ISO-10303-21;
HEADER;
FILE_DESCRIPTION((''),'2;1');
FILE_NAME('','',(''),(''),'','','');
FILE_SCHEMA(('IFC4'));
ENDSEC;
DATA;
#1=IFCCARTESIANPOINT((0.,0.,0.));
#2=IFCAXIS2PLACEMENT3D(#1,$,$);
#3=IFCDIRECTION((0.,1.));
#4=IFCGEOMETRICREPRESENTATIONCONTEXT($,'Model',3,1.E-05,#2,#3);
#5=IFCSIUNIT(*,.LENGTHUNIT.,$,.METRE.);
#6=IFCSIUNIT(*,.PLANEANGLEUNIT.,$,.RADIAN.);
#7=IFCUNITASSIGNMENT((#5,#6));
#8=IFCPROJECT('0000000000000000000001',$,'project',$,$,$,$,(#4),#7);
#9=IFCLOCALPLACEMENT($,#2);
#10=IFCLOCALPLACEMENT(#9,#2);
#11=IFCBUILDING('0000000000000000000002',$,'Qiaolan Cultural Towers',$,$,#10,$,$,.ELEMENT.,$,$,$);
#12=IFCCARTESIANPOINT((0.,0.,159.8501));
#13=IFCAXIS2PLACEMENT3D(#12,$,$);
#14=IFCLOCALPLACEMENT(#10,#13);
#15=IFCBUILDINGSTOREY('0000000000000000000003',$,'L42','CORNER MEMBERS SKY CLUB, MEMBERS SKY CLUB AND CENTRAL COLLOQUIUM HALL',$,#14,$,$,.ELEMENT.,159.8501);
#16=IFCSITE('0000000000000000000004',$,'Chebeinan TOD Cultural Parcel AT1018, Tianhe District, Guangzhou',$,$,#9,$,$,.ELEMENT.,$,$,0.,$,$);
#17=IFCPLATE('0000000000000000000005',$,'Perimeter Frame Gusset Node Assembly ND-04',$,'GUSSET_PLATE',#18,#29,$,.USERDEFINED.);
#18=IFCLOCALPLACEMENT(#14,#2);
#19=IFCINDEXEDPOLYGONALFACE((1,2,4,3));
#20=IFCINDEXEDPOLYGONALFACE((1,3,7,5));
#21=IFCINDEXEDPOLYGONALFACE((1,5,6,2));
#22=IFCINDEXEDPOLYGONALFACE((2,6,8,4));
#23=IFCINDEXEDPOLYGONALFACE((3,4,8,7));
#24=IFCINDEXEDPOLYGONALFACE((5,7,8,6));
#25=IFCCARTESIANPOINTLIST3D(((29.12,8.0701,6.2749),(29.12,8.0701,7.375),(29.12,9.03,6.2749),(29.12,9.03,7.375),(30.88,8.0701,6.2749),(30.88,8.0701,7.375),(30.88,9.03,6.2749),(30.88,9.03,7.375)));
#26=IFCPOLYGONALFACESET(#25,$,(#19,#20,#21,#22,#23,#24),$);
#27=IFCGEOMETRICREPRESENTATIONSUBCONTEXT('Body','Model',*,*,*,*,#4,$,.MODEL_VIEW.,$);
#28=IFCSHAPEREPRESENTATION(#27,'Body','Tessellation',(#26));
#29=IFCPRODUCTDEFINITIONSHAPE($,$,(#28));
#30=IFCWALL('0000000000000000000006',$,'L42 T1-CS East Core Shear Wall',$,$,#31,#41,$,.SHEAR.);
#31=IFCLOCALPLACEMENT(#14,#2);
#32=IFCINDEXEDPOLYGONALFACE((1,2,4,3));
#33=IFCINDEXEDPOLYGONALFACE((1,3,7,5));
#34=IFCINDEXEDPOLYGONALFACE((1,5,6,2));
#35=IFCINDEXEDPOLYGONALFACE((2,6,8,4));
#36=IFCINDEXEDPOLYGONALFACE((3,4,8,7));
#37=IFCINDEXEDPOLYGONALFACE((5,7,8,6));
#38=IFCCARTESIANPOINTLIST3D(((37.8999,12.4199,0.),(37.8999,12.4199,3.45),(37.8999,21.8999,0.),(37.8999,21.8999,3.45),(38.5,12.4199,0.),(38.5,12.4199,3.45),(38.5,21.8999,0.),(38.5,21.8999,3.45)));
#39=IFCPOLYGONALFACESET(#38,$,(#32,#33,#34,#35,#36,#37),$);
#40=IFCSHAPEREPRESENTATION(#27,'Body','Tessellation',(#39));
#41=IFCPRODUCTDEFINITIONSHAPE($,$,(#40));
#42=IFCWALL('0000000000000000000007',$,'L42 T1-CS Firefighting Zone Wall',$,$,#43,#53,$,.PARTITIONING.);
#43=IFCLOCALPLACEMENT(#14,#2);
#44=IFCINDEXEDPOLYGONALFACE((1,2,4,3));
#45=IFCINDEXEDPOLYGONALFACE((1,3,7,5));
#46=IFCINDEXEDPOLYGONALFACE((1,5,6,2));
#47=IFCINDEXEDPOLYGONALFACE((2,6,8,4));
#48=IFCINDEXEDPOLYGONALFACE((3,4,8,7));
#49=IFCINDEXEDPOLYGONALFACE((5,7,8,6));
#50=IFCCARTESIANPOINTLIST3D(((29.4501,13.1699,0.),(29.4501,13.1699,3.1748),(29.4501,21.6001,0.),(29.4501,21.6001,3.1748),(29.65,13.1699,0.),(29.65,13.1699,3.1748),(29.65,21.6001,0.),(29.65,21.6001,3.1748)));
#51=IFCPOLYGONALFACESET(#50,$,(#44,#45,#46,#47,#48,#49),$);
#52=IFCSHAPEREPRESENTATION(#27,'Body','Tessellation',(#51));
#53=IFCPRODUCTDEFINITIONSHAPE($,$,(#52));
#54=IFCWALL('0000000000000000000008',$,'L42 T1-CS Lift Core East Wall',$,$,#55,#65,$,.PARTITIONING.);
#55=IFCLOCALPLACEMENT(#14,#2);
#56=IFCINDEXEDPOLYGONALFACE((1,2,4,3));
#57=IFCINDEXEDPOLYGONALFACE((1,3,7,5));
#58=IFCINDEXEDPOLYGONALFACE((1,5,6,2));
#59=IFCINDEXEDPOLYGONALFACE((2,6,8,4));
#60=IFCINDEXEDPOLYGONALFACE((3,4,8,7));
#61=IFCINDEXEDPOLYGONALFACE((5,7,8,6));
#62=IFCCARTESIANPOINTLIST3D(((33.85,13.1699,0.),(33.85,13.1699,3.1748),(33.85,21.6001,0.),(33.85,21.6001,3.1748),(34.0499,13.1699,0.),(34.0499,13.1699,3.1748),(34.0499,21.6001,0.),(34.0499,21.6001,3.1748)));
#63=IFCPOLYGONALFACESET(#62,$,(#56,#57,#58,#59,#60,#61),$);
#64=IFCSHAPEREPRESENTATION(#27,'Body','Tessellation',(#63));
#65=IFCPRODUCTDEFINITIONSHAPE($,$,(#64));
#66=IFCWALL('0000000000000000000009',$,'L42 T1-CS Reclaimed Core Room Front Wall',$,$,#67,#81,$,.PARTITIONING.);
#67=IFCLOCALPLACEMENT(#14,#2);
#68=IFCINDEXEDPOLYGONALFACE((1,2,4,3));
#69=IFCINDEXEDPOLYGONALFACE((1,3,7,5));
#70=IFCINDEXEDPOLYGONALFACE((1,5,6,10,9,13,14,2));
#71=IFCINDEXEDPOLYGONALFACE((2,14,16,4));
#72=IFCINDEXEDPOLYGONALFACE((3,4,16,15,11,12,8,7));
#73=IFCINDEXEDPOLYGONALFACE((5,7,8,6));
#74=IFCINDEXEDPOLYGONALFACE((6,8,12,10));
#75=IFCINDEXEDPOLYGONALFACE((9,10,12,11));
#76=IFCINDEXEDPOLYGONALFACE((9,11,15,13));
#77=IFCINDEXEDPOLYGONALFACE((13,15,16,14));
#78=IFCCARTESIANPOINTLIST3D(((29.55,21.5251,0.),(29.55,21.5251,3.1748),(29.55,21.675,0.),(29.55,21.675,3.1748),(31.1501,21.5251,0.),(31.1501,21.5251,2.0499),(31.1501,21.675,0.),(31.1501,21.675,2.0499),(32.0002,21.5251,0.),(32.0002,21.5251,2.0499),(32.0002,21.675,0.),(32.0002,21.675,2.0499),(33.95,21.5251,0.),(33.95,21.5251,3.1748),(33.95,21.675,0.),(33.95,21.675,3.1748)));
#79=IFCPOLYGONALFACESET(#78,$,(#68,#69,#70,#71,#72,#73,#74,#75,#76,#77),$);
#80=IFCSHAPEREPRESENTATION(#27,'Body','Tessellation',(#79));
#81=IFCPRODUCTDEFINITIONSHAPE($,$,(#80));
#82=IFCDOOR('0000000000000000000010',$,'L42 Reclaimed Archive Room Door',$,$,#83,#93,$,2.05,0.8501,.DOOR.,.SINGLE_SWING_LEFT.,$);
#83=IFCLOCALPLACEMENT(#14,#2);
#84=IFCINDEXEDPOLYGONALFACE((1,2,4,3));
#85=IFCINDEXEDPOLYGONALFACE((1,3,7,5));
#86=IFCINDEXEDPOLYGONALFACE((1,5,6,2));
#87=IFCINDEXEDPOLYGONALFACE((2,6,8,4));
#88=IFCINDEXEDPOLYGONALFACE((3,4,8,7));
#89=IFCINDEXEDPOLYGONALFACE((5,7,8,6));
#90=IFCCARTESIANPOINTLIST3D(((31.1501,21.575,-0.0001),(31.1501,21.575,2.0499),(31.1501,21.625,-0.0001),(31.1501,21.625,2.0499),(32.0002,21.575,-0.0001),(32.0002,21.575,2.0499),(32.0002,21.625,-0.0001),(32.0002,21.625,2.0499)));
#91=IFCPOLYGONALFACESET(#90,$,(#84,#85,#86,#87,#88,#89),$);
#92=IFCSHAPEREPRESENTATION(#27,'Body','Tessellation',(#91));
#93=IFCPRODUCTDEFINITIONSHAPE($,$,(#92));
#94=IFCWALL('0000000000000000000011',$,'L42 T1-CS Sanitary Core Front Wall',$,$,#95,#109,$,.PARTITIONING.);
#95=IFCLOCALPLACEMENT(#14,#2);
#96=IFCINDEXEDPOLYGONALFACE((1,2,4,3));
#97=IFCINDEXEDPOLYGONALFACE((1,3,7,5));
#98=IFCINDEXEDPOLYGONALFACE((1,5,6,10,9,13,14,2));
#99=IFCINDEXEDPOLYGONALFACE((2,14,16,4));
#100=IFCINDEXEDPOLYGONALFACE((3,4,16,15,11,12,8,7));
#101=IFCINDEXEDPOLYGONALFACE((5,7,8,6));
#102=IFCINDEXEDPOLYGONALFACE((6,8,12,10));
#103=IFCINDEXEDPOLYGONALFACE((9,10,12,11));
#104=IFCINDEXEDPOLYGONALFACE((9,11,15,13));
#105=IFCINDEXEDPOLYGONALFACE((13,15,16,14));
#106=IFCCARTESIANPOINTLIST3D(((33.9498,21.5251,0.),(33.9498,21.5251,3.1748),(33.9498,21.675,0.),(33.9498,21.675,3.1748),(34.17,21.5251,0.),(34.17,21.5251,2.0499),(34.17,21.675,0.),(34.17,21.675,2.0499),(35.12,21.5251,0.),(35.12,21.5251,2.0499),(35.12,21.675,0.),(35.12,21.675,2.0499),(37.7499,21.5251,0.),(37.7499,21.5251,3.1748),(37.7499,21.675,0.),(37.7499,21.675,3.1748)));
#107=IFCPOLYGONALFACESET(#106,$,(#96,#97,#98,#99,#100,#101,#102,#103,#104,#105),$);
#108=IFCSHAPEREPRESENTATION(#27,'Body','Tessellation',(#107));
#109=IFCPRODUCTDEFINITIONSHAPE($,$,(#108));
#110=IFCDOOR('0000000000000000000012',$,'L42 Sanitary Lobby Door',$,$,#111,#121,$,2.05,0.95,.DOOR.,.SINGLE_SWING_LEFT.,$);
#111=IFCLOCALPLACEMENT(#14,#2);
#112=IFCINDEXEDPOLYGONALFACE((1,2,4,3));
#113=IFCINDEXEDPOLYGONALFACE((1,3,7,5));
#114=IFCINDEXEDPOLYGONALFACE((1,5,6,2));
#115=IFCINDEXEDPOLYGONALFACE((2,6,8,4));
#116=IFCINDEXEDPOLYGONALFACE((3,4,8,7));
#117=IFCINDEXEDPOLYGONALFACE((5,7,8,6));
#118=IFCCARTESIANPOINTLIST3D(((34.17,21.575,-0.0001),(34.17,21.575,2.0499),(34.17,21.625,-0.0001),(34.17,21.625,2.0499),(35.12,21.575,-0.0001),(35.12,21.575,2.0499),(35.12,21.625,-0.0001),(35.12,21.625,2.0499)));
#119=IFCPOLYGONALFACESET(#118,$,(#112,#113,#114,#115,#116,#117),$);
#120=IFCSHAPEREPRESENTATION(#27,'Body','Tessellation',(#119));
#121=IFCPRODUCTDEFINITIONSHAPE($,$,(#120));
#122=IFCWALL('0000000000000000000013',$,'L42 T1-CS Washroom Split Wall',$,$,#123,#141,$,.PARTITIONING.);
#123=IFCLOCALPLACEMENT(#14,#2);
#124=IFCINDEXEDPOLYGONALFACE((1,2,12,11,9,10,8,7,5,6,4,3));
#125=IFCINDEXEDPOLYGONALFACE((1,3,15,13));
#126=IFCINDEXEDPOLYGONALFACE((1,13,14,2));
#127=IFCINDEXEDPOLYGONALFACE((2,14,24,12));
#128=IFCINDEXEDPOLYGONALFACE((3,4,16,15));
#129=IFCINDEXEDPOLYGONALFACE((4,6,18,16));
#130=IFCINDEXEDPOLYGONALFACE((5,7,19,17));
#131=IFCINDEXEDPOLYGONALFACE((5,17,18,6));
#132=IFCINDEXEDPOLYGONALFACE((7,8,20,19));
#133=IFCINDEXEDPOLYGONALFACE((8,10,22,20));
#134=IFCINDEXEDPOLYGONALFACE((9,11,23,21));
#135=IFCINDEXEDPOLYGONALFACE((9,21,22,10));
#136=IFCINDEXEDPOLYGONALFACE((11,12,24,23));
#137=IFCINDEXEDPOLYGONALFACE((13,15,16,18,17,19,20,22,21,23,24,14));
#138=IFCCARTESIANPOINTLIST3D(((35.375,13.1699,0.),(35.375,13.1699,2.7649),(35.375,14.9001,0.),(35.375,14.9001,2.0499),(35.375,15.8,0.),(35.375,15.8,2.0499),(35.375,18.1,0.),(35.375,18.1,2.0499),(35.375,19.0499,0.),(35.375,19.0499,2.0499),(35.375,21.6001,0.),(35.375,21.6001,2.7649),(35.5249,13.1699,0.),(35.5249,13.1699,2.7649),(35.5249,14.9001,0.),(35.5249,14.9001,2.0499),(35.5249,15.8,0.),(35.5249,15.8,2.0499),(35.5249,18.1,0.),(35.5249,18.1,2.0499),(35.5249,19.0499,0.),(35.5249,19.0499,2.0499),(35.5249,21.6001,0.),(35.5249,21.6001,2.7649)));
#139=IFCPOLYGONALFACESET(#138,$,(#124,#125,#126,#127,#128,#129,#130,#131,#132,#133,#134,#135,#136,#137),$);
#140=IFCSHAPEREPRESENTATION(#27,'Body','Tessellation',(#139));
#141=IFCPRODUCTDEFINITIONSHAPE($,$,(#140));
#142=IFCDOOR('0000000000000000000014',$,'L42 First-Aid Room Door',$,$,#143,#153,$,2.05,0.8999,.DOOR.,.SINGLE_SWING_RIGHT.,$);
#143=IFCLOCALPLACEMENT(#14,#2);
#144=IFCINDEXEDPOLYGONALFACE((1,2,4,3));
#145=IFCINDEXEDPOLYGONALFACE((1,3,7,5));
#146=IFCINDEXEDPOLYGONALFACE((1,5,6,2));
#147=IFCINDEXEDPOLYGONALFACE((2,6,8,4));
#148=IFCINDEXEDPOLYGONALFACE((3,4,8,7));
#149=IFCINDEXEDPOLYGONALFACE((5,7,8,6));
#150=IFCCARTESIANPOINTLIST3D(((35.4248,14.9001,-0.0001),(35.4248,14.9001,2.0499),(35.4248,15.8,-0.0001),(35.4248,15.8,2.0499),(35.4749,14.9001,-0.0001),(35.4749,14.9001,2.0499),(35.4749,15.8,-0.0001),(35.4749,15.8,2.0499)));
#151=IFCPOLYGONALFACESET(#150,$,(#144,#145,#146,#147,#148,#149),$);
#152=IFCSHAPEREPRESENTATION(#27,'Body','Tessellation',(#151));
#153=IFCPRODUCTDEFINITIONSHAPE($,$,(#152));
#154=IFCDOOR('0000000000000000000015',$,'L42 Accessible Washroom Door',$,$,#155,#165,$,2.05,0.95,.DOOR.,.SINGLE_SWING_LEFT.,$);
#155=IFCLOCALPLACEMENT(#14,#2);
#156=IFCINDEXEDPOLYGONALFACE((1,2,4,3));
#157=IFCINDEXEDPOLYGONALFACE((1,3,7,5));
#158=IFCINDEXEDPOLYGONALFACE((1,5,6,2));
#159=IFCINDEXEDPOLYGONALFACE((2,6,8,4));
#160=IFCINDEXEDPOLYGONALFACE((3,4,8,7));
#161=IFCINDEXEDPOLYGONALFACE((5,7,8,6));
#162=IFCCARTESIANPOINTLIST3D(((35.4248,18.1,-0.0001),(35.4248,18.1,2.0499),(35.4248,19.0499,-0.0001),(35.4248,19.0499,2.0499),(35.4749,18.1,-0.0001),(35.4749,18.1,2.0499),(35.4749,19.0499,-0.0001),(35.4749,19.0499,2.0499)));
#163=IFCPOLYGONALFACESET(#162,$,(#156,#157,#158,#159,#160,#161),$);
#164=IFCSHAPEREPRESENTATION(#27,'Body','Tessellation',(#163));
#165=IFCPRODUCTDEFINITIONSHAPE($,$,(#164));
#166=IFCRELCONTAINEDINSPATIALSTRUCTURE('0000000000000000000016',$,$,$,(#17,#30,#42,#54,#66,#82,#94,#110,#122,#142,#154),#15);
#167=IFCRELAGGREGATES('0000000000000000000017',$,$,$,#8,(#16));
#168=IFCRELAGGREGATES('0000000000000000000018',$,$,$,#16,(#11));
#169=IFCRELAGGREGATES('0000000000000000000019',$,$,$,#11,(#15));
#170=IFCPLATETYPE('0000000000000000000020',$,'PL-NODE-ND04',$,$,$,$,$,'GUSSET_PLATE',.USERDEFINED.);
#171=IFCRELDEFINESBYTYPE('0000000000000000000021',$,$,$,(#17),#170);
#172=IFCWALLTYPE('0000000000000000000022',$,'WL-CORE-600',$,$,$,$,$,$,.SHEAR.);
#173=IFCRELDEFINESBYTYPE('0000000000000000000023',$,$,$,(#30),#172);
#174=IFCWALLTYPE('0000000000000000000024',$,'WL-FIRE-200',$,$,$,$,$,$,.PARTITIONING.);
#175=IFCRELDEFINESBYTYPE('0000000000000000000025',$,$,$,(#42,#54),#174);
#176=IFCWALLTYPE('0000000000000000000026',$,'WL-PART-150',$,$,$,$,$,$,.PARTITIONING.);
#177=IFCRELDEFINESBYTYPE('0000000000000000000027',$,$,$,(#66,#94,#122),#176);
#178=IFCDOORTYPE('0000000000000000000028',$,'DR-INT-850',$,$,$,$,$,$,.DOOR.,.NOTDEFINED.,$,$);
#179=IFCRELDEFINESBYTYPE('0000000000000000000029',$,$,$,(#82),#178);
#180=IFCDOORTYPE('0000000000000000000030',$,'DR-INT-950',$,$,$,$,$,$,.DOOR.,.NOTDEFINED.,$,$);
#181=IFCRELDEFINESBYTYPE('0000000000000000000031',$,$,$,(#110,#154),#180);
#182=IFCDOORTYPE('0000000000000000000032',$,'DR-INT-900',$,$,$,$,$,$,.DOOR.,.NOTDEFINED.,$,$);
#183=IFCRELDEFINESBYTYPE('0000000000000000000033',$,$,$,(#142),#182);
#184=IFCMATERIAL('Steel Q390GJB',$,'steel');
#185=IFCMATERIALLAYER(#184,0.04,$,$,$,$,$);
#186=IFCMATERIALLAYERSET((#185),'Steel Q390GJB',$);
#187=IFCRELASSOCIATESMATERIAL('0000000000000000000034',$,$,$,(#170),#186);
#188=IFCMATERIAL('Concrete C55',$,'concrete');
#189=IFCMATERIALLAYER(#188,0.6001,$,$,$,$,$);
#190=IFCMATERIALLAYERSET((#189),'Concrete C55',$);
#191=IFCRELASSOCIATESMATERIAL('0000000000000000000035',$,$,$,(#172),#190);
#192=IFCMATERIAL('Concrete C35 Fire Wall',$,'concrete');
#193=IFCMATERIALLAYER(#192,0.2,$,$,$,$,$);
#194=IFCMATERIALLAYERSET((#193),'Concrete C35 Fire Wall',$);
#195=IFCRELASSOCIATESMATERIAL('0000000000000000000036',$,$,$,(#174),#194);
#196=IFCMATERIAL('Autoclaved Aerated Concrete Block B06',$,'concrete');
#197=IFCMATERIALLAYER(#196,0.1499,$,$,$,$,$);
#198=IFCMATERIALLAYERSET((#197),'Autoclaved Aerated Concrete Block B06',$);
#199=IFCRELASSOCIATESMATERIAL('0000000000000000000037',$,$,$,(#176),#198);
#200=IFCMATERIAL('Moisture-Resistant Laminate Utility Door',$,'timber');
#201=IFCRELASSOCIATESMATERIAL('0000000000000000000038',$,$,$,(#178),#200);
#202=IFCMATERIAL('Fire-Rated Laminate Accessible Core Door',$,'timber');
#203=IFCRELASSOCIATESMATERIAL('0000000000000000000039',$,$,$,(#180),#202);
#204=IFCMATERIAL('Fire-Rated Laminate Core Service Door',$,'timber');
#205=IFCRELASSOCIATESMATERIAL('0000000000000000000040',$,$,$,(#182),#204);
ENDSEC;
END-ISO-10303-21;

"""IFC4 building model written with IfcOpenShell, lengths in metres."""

from ifc_helpers import new_model, si_unit, direction, frame, frame_2d, origin, origin_2d, place, context, subcontext, project, spatial, rectangle, extrude, material, layer, layer_set, type_object, element, fill, save


model = new_model("IFC4")

# Units and contexts
model_context = context("Model", 3, precision=1e-05, world=origin(), true_north=direction((0.0, 1.0)))
body_context = subcontext(model_context, "Body", "Model", "MODEL_VIEW")
ifc_project = project(units=[si_unit("LENGTHUNIT", "METRE"), si_unit("PLANEANGLEUNIT", "RADIAN")], contexts=[model_context])

# Site, building, storey
site_placement = place(None, origin())
site = spatial("IfcSite", under=ifc_project, at=site_placement, Name="Chebeinan TOD Cultural Parcel AT1018, Tianhe District, Guangzhou", CompositionType="ELEMENT", RefElevation=0.0)
building_placement = place(site_placement, origin())
building = spatial("IfcBuilding", under=site, at=building_placement, Name="Qiaolan Cultural Towers", CompositionType="ELEMENT")
storey_placement = place(building_placement, frame((0.0, 0.0, 159.8501)))
storey = spatial("IfcBuildingStorey", under=building, at=storey_placement, Name="L42", Description="CORNER MEMBERS SKY CLUB, MEMBERS SKY CLUB AND CENTRAL COLLOQUIUM HALL", CompositionType="ELEMENT", Elevation=159.8501)

# Plate
ifc_material_1 = material(Name="Steel Q390GJB", Category="steel")
ifc_layer_1 = layer(ifc_material_1, 0.04)
ifc_layer_set_1 = layer_set([ifc_layer_1], Name="Steel Q390GJB")
plate_type_1 = type_object("IfcPlateType", Name="PL-NODE-ND04", ElementType="GUSSET_PLATE", PredefinedType="USERDEFINED", material=ifc_layer_set_1)
plate_placement = place(storey_placement, frame((30.0, 8.55, 6.2749), z_axis=(0.0, 0.0, 1.0), x_axis=(1.0, 0.0, 0.0)))
element("IfcPlate", 1, at=plate_placement, inside=storey, type_object=plate_type_1, Name="Perimeter Frame Gusset Node Assembly ND-04", ObjectType="GUSSET_PLATE", PredefinedType="USERDEFINED", context=body_context, shape_type="SweptSolid", body=[
    extrude(rectangle(XDim=1.76, YDim=0.96, at=origin_2d()), origin(), (0.0, 0.0, 1.0), 1.1001),
])

# Walls
ifc_material_2 = material(Name="Concrete C55", Category="concrete")
ifc_layer_2 = layer(ifc_material_2, 0.6001)
ifc_layer_set_2 = layer_set([ifc_layer_2], Name="Concrete C55")
wall_type_1 = type_object("IfcWallType", Name="WL-CORE-600", PredefinedType="SHEAR", material=ifc_layer_set_2)
wall_1_placement = place(storey_placement, frame((38.2, 21.8999, 0.0), z_axis=(0.0, 0.0, 1.0), x_axis=(0.0, -1.0, 0.0)))
element("IfcWall", 2, at=wall_1_placement, inside=storey, type_object=wall_type_1, Name="L42 T1-CS East Core Shear Wall", PredefinedType="SHEAR", context=body_context, shape_type="SweptSolid", body=[
    extrude(rectangle(XDim=9.48, YDim=0.6001, at=frame_2d((4.74, 0.0))), origin(), (0.0, 0.0, 1.0), 3.45),
])
ifc_material_3 = material(Name="Concrete C35 Fire Wall", Category="concrete")
ifc_layer_3 = layer(ifc_material_3, 0.2)
ifc_layer_set_3 = layer_set([ifc_layer_3], Name="Concrete C35 Fire Wall")
wall_type_2 = type_object("IfcWallType", Name="WL-FIRE-200", PredefinedType="PARTITIONING", material=ifc_layer_set_3)
for number, where, z_axis, x_axis, name in (
    (3, (29.55, 21.6001, 0.0), (0.0, 0.0, 1.0), (0.0, -1.0, 0.0), "L42 T1-CS Firefighting Zone Wall"),
    (4, (33.95, 21.6001, 0.0), (0.0, 0.0, 1.0), (0.0, -1.0, 0.0), "L42 T1-CS Lift Core East Wall"),
):
    element("IfcWall", number, at=place(storey_placement, frame(where, z_axis=z_axis, x_axis=x_axis)), inside=storey, type_object=wall_type_2, Name=name, PredefinedType="PARTITIONING", context=body_context, shape_type="SweptSolid", body=[
        extrude(rectangle(XDim=8.4302, YDim=0.2, at=frame_2d((4.2151, 0.0))), origin(), (0.0, 0.0, 1.0), 3.1748),
    ])

# Walls, openings, doors
ifc_material_4 = material(Name="Autoclaved Aerated Concrete Block B06", Category="concrete")
ifc_layer_4 = layer(ifc_material_4, 0.1499)
ifc_layer_set_4 = layer_set([ifc_layer_4], Name="Autoclaved Aerated Concrete Block B06")
wall_type_3 = type_object("IfcWallType", Name="WL-PART-150", PredefinedType="PARTITIONING", material=ifc_layer_set_4)
wall_2_placement = place(storey_placement, frame((29.55, 21.6001, 0.0), z_axis=(0.0, 0.0, 1.0), x_axis=(1.0, 0.0, 0.0)))
wall_2 = element("IfcWall", 5, at=wall_2_placement, inside=storey, type_object=wall_type_3, Name="L42 T1-CS Reclaimed Core Room Front Wall", PredefinedType="PARTITIONING", context=body_context, shape_type="SweptSolid", body=[
    extrude(rectangle(XDim=4.3999, YDim=0.1499, at=frame_2d((2.2, 0.0))), origin(), (0.0, 0.0, 1.0), 3.1748),
])
opening_1_placement = place(wall_2_placement, frame((1.6001, 0.0, 0.0)))
opening_1 = element("IfcOpeningElement", 6, at=opening_1_placement, cuts=wall_2, PredefinedType="OPENING", context=body_context, shape_type="SweptSolid", body=[
    extrude(rectangle(XDim=0.8501, YDim=2.05, at=frame_2d((0.425, 1.0249))), frame((0.0, 0.085, 0.0), z_axis=(0.0, -1.0, 0.0), x_axis=(1.0, 0.0, 0.0)), (0.0, 0.0, 1.0), 0.1699),
])
ifc_material_5 = material(Name="Moisture-Resistant Laminate Utility Door", Category="timber")
door_type_1 = type_object("IfcDoorType", Name="DR-INT-850", OperationType="NOTDEFINED", PredefinedType="DOOR", material=ifc_material_5)
door_1_placement = place(opening_1_placement, origin())
door_1 = element("IfcDoor", 7, at=door_1_placement, inside=storey, type_object=door_type_1, Name="L42 Reclaimed Archive Room Door", OperationType="SINGLE_SWING_LEFT", OverallHeight=2.05, OverallWidth=0.8501, PredefinedType="DOOR", context=body_context, shape_type="SweptSolid", body=[
    extrude(rectangle(XDim=0.8501, YDim=2.05, at=frame_2d((0.425, 1.0249))), frame((0.0, 0.0249, 0.0), z_axis=(0.0, -1.0, 0.0), x_axis=(1.0, 0.0, 0.0)), (0.0, 0.0, 1.0), 0.05),
])
fill(opening_1, door_1)
wall_3_placement = place(storey_placement, frame((33.95, 21.6001, 0.0), z_axis=(0.0, 0.0, 1.0), x_axis=(1.0, 0.0, 0.0)))
wall_3 = element("IfcWall", 8, at=wall_3_placement, inside=storey, type_object=wall_type_3, Name="L42 T1-CS Sanitary Core Front Wall", PredefinedType="PARTITIONING", context=body_context, shape_type="SweptSolid", body=[
    extrude(rectangle(XDim=3.8, YDim=0.1499, at=frame_2d((1.8999, 0.0))), origin(), (0.0, 0.0, 1.0), 3.1748),
])
opening_2_placement = place(wall_3_placement, frame((0.22, 0.0, 0.0)))
opening_2 = element("IfcOpeningElement", 9, at=opening_2_placement, cuts=wall_3, PredefinedType="OPENING", context=body_context, shape_type="SweptSolid", body=[
    extrude(rectangle(XDim=0.95, YDim=2.05, at=frame_2d((0.4751, 1.0249))), frame((0.0, 0.085, 0.0), z_axis=(0.0, -1.0, 0.0), x_axis=(1.0, 0.0, 0.0)), (0.0, 0.0, 1.0), 0.1699),
])
ifc_material_6 = material(Name="Fire-Rated Laminate Accessible Core Door", Category="timber")
door_type_2 = type_object("IfcDoorType", Name="DR-INT-950", OperationType="NOTDEFINED", PredefinedType="DOOR", material=ifc_material_6)
door_2_placement = place(opening_2_placement, origin())
door_2 = element("IfcDoor", 10, at=door_2_placement, inside=storey, type_object=door_type_2, Name="L42 Sanitary Lobby Door", OperationType="SINGLE_SWING_LEFT", OverallHeight=2.05, OverallWidth=0.95, PredefinedType="DOOR", context=body_context, shape_type="SweptSolid", body=[
    extrude(rectangle(XDim=0.95, YDim=2.05, at=frame_2d((0.4751, 1.0249))), frame((0.0, 0.0249, 0.0), z_axis=(0.0, -1.0, 0.0), x_axis=(1.0, 0.0, 0.0)), (0.0, 0.0, 1.0), 0.05),
])
fill(opening_2, door_2)

# Wall, openings, doors
wall_4_placement = place(storey_placement, frame((35.45, 21.6001, 0.0), z_axis=(0.0, 0.0, 1.0), x_axis=(0.0, -1.0, 0.0)))
wall_4 = element("IfcWall", 11, at=wall_4_placement, inside=storey, type_object=wall_type_3, Name="L42 T1-CS Washroom Split Wall", PredefinedType="PARTITIONING", context=body_context, shape_type="SweptSolid", body=[
    extrude(rectangle(XDim=8.4302, YDim=0.1499, at=frame_2d((4.2151, 0.0))), origin(), (0.0, 0.0, 1.0), 2.7649),
])
opening_3_placement = place(wall_4_placement, frame((2.55, 0.0, 0.0)))
opening_3 = element("IfcOpeningElement", 12, at=opening_3_placement, cuts=wall_4, PredefinedType="OPENING", context=body_context, shape_type="SweptSolid", body=[
    extrude(rectangle(XDim=0.95, YDim=2.05, at=frame_2d((0.4751, 1.0249))), frame((0.0, 0.085, 0.0), z_axis=(0.0, -1.0, 0.0), x_axis=(1.0, 0.0, 0.0)), (0.0, 0.0, 1.0), 0.1699),
])
opening_4_placement = place(wall_4_placement, frame((5.8, 0.0, 0.0)))
opening_4 = element("IfcOpeningElement", 13, at=opening_4_placement, cuts=wall_4, PredefinedType="OPENING", context=body_context, shape_type="SweptSolid", body=[
    extrude(rectangle(XDim=0.8999, YDim=2.05, at=frame_2d((0.45, 1.0249))), frame((0.0, 0.085, 0.0), z_axis=(0.0, -1.0, 0.0), x_axis=(1.0, 0.0, 0.0)), (0.0, 0.0, 1.0), 0.1699),
])
ifc_material_7 = material(Name="Fire-Rated Laminate Core Service Door", Category="timber")
door_type_3 = type_object("IfcDoorType", Name="DR-INT-900", OperationType="NOTDEFINED", PredefinedType="DOOR", material=ifc_material_7)
door_3_placement = place(opening_4_placement, origin())
door_3 = element("IfcDoor", 14, at=door_3_placement, inside=storey, type_object=door_type_3, Name="L42 First-Aid Room Door", OperationType="SINGLE_SWING_RIGHT", OverallHeight=2.05, OverallWidth=0.8999, PredefinedType="DOOR", context=body_context, shape_type="SweptSolid", body=[
    extrude(rectangle(XDim=0.8999, YDim=2.05, at=frame_2d((0.45, 1.0249))), frame((0.0, 0.0249, 0.0), z_axis=(0.0, -1.0, 0.0), x_axis=(1.0, 0.0, 0.0)), (0.0, 0.0, 1.0), 0.05),
])
fill(opening_4, door_3)
door_4_placement = place(opening_3_placement, origin())
door_4 = element("IfcDoor", 15, at=door_4_placement, inside=storey, type_object=door_type_2, Name="L42 Accessible Washroom Door", OperationType="SINGLE_SWING_LEFT", OverallHeight=2.05, OverallWidth=0.95, PredefinedType="DOOR", context=body_context, shape_type="SweptSolid", body=[
    extrude(rectangle(XDim=0.95, YDim=2.05, at=frame_2d((0.4751, 1.0249))), frame((0.0, 0.0249, 0.0), z_axis=(0.0, -1.0, 0.0), x_axis=(1.0, 0.0, 0.0)), (0.0, 0.0, 1.0), 0.05),
])
fill(opening_3, door_4)

save(model, "model.ifc")
